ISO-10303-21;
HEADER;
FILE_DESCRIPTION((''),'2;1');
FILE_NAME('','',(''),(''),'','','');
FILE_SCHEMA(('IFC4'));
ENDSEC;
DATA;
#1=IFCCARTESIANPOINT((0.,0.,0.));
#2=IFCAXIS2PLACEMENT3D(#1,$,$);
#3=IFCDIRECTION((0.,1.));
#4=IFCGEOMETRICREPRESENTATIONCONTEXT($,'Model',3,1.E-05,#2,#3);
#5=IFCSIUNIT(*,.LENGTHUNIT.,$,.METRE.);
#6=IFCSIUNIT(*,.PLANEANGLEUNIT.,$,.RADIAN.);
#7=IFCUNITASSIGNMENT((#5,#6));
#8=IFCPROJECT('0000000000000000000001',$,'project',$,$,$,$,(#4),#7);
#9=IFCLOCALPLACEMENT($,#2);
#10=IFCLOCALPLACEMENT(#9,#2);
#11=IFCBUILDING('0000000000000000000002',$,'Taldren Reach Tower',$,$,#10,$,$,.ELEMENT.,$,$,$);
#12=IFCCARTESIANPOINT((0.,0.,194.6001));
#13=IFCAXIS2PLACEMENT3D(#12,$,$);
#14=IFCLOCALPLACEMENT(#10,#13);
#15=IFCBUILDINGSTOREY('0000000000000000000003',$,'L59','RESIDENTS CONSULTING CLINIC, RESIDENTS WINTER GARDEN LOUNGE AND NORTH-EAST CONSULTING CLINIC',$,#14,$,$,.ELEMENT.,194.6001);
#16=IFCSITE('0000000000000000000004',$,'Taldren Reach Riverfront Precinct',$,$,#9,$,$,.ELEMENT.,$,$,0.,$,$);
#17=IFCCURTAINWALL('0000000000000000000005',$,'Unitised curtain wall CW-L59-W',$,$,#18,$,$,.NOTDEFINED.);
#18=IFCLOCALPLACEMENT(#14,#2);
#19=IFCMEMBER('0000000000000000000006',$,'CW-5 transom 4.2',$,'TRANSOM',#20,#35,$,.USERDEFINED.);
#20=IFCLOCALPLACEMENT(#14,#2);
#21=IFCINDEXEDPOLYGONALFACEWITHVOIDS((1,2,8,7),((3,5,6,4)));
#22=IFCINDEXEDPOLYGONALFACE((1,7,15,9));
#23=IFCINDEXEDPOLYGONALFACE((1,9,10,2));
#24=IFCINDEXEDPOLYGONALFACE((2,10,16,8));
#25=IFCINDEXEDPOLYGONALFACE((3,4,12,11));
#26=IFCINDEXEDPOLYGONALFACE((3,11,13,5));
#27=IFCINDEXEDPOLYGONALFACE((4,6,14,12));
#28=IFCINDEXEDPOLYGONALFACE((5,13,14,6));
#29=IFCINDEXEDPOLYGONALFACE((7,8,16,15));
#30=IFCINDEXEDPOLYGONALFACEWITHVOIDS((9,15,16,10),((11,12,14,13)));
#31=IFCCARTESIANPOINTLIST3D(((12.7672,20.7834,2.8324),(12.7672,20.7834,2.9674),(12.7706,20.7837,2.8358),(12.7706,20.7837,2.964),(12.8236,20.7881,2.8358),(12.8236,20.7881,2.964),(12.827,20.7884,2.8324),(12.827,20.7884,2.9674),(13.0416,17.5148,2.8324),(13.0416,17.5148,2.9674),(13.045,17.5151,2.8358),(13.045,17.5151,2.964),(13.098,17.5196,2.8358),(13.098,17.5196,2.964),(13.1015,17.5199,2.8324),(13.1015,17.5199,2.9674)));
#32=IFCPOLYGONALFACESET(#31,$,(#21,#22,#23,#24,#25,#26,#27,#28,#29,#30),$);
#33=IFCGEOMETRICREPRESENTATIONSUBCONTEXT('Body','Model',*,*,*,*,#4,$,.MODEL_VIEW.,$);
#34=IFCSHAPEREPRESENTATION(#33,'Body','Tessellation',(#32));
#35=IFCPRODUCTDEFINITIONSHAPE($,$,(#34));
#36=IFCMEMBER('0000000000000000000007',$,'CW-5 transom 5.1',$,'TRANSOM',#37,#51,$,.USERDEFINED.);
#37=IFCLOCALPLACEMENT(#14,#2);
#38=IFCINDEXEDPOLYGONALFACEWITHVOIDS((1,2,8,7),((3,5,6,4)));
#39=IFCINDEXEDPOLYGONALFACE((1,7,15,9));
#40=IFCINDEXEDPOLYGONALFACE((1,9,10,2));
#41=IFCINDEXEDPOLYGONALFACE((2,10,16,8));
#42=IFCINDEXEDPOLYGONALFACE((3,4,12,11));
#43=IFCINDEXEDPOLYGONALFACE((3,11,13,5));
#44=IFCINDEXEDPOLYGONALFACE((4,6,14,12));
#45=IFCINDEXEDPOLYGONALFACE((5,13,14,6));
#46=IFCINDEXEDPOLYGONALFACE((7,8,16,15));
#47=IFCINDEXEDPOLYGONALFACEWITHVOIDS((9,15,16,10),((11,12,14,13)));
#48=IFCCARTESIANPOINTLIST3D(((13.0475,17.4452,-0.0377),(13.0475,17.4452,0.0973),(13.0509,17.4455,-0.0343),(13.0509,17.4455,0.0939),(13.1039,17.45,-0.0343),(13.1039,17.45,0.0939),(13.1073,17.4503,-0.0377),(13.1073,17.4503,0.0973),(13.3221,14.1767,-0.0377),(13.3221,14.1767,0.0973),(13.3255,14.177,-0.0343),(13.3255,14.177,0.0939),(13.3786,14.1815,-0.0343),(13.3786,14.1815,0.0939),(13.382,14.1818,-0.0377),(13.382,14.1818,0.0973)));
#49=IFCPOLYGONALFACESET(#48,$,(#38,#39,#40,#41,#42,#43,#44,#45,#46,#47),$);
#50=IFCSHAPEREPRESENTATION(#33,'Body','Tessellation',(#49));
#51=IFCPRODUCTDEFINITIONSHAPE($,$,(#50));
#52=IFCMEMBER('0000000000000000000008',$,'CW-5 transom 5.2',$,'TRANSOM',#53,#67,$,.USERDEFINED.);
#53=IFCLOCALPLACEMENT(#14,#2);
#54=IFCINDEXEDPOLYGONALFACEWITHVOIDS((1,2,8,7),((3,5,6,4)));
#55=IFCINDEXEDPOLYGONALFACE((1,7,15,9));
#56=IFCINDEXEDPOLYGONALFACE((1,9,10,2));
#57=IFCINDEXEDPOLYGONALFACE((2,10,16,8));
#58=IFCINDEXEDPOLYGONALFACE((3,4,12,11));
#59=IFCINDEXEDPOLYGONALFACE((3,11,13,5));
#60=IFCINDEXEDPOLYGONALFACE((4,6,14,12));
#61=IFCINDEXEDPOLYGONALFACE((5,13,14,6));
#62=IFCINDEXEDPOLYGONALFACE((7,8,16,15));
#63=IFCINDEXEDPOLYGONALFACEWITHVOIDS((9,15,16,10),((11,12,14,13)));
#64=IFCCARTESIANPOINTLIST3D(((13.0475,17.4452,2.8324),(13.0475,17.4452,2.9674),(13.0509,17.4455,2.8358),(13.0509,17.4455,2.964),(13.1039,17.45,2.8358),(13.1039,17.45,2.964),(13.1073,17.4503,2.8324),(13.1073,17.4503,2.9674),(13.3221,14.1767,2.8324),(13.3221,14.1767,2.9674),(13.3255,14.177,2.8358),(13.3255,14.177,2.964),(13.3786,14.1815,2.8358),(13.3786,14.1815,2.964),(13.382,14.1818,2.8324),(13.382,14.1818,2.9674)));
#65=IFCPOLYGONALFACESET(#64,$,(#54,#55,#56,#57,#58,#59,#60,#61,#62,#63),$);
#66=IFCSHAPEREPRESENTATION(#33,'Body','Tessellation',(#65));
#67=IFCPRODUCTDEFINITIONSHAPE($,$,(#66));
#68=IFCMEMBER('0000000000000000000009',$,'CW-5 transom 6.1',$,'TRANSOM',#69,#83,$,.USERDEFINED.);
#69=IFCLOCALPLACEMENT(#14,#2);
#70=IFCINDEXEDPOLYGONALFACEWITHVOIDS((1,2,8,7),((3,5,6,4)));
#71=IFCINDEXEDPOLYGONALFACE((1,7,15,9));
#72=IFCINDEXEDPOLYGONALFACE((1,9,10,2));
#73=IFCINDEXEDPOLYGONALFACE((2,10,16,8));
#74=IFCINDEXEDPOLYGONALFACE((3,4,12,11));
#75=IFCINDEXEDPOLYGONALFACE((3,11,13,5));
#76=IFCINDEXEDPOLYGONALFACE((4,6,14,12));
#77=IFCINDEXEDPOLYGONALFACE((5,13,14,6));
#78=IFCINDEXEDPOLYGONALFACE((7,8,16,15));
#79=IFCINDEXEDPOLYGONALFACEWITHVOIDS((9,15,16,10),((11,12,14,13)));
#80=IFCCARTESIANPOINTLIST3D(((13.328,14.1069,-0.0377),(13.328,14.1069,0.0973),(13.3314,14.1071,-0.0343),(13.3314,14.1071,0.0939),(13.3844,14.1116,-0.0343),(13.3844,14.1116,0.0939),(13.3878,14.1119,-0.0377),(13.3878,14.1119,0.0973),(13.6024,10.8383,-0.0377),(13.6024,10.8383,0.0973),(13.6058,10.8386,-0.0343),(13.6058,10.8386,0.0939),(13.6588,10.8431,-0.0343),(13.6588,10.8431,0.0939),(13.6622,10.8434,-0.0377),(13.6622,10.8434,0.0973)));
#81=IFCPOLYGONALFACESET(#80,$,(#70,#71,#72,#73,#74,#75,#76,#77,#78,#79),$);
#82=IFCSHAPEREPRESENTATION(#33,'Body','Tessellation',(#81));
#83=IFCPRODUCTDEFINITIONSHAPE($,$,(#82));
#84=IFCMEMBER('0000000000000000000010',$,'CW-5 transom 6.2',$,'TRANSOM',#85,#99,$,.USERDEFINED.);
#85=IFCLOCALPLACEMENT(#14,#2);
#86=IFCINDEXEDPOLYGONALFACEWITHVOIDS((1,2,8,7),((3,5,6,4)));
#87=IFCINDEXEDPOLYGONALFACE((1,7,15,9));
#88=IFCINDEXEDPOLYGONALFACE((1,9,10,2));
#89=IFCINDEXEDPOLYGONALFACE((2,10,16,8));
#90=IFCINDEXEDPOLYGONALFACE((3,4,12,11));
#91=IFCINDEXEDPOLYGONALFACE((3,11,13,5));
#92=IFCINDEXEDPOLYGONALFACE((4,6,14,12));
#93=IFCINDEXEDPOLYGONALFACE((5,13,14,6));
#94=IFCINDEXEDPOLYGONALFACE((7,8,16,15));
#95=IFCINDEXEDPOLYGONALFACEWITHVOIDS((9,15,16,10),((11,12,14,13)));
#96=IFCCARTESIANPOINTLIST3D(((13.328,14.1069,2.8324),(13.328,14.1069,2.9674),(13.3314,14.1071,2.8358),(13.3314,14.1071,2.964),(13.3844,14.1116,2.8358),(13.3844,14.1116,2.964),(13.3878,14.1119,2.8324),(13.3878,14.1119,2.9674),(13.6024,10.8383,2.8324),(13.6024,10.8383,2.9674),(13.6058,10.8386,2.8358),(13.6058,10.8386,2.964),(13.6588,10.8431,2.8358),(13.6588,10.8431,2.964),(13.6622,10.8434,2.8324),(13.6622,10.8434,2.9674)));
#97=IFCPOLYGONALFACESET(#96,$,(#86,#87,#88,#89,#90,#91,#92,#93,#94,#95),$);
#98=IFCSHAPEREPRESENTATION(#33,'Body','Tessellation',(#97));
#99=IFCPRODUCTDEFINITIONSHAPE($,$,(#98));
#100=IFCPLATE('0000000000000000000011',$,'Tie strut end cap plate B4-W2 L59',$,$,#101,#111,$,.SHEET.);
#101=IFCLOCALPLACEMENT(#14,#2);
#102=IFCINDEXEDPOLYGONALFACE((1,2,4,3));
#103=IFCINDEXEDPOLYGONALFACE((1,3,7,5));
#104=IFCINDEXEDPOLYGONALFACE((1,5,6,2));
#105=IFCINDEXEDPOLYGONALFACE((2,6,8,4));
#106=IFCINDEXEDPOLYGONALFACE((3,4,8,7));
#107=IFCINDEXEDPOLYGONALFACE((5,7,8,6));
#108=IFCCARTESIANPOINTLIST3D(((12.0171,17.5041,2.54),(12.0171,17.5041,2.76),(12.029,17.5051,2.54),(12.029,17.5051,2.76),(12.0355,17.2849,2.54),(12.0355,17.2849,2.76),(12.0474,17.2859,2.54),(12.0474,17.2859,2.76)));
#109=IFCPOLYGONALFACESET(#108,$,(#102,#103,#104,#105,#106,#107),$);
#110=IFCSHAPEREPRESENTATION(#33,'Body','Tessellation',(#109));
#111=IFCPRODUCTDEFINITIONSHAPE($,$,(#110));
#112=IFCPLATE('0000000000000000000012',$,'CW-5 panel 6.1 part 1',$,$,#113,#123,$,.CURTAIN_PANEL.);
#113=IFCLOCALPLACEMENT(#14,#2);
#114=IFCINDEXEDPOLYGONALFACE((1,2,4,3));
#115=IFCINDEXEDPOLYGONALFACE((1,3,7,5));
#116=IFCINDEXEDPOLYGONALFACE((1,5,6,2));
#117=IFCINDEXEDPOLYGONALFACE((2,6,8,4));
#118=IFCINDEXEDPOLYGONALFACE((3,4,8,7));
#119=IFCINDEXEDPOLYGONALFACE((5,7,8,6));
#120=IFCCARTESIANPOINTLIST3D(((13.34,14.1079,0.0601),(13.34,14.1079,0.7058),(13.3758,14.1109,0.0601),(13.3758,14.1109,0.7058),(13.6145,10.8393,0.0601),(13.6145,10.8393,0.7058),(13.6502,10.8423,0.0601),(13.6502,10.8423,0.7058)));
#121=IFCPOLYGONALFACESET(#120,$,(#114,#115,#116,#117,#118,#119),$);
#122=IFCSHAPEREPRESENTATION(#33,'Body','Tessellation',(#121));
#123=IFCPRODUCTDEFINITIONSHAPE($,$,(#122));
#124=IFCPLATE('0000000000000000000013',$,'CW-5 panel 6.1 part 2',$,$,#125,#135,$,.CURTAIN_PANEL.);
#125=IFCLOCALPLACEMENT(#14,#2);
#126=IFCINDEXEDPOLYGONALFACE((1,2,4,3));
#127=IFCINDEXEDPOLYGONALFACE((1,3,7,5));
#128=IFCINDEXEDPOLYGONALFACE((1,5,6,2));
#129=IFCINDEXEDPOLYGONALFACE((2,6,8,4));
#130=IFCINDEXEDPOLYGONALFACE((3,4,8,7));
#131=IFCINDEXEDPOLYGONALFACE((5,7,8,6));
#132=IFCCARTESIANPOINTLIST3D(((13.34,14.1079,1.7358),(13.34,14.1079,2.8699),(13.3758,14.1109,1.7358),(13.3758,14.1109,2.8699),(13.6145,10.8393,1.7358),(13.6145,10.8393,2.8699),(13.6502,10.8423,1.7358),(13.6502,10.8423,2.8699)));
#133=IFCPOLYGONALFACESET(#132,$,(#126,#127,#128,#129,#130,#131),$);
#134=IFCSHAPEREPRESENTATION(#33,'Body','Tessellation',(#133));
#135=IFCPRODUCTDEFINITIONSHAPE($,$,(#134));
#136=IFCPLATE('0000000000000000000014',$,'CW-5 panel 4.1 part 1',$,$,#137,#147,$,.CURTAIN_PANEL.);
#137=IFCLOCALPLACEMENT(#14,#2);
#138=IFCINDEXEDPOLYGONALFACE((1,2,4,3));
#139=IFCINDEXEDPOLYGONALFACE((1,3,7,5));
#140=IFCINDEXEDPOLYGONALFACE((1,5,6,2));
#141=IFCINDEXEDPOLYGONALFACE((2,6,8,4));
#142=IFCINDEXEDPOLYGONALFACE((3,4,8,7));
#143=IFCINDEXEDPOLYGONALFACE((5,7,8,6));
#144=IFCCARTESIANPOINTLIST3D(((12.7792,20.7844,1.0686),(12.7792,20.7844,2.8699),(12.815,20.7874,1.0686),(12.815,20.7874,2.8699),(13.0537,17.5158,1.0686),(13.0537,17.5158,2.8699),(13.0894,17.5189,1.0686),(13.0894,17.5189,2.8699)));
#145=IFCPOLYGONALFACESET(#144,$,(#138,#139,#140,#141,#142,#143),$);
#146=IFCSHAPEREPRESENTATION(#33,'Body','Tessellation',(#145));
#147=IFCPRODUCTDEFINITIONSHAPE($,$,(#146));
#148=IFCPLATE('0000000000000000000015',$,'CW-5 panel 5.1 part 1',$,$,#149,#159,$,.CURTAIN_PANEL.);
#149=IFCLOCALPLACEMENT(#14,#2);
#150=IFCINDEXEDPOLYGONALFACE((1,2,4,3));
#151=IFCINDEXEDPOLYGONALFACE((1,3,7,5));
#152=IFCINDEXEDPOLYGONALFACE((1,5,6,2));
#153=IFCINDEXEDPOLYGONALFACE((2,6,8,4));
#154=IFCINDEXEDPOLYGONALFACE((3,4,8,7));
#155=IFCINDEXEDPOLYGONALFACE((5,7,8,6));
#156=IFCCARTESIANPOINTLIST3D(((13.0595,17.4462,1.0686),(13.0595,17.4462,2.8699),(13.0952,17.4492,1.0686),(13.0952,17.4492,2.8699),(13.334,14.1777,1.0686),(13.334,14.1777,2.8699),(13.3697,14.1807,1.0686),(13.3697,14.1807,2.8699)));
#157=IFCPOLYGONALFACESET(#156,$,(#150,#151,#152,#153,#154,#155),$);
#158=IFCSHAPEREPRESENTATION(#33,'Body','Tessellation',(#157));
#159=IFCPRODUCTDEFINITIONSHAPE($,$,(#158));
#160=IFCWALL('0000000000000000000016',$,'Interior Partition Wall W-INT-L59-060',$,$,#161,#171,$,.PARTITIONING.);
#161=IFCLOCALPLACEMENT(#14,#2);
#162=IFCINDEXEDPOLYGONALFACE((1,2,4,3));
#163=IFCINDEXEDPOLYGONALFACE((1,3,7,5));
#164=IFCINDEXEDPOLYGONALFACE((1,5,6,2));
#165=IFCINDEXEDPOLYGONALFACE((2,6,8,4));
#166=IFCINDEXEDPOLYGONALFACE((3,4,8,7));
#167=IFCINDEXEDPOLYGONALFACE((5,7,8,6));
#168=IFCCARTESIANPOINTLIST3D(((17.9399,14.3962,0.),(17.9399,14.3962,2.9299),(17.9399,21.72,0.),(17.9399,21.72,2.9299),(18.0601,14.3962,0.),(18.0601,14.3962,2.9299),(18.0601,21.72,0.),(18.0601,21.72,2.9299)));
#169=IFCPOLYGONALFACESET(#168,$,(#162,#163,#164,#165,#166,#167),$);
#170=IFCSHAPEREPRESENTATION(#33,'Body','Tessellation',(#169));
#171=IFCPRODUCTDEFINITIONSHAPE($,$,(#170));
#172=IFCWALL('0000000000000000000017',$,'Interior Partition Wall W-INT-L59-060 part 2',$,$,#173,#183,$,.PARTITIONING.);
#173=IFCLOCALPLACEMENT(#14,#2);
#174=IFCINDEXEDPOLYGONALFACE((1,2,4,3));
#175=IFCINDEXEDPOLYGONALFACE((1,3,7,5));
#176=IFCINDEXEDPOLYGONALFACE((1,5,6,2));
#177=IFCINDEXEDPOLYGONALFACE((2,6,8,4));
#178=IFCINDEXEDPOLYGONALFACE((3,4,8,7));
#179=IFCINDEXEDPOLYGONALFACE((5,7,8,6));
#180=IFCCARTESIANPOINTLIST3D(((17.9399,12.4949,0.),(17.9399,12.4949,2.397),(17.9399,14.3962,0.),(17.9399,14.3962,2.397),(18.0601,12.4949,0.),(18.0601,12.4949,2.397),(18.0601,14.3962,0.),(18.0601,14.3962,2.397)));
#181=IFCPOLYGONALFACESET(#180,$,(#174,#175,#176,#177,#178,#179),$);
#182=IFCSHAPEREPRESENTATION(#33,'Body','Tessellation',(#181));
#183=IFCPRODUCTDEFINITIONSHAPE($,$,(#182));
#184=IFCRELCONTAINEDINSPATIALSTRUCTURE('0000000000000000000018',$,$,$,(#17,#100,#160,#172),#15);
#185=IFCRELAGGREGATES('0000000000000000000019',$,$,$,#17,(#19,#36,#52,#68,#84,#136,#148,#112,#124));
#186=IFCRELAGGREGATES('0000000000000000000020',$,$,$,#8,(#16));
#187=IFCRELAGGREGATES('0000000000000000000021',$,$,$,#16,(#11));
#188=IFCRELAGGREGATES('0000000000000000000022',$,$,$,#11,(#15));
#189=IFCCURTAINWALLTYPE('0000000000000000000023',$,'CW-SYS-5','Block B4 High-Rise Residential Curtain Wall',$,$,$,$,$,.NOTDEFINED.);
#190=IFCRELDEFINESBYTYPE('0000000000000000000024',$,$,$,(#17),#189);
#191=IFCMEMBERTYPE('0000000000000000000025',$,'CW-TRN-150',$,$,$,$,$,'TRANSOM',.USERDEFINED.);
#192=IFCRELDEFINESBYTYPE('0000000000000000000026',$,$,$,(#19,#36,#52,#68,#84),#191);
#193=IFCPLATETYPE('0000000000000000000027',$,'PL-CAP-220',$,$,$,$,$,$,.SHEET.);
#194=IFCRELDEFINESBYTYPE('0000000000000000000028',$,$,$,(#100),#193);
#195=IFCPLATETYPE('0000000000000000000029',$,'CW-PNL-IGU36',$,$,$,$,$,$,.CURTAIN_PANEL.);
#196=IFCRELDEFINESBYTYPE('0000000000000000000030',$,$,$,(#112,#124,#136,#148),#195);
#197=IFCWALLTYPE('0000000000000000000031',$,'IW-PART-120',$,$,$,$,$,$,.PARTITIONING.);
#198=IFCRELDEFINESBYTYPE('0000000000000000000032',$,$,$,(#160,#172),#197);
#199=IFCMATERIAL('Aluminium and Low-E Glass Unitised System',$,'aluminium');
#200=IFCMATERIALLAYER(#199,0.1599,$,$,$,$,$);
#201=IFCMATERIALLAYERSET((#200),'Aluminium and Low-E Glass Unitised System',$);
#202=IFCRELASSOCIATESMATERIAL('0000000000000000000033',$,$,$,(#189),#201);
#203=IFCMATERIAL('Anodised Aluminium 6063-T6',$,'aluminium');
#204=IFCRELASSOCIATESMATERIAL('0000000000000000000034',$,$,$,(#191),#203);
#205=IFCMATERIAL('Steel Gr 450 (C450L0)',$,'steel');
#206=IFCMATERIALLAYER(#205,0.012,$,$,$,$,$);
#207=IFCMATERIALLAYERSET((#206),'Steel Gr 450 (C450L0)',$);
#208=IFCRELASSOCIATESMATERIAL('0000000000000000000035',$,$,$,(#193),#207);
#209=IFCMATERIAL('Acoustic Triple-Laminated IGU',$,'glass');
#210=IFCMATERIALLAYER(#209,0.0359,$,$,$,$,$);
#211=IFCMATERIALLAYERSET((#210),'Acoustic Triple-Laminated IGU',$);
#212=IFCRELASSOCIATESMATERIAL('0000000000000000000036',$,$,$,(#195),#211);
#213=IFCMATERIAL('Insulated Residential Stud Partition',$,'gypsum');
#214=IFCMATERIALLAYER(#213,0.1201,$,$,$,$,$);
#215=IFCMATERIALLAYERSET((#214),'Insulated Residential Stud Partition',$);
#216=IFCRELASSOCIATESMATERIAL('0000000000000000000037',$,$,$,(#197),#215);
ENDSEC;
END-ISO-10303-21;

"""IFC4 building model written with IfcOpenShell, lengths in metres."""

from ifc_helpers import new_model, si_unit, direction, frame, frame_2d, origin, origin_2d, place, context, subcontext, project, spatial, rectangle, hollow_rectangle, extrude, source, transform, mapped, material, layer, layer_set, material_profile, profile_set, type_object, element, aggregate, save


model = new_model("IFC4")

# Units and contexts
model_context = context("Model", 3, precision=1e-05, world=origin(), true_north=direction((0.0, 1.0)))
body_context = subcontext(model_context, "Body", "Model", "MODEL_VIEW")
ifc_project = project(units=[si_unit("LENGTHUNIT", "METRE"), si_unit("PLANEANGLEUNIT", "RADIAN")], contexts=[model_context])

# Site, building, storey
site_placement = place(None, origin())
site = spatial("IfcSite", under=ifc_project, at=site_placement, Name="Taldren Reach Riverfront Precinct", CompositionType="ELEMENT", RefElevation=0.0)
building_placement = place(site_placement, origin())
building = spatial("IfcBuilding", under=site, at=building_placement, Name="Taldren Reach Tower", CompositionType="ELEMENT")
storey_placement = place(building_placement, frame((0.0, 0.0, 194.6001)))
storey = spatial("IfcBuildingStorey", under=building, at=storey_placement, Name="L59", Description="RESIDENTS CONSULTING CLINIC, RESIDENTS WINTER GARDEN LOUNGE AND NORTH-EAST CONSULTING CLINIC", CompositionType="ELEMENT", Elevation=194.6001)

# Shared definitions
ifc_material_1 = material(Name="Steel Gr 450 (C450L0)", Category="steel")

# Curtain wall, members
ifc_material_2 = material(Name="Aluminium and Low-E Glass Unitised System", Category="aluminium")
ifc_layer_1 = layer(ifc_material_2, 0.1599)
ifc_layer_set_1 = layer_set([ifc_layer_1], Name="Aluminium and Low-E Glass Unitised System")
curtain_wall_type = type_object("IfcCurtainWallType", Name="CW-SYS-5", Description="Block B4 High-Rise Residential Curtain Wall", PredefinedType="NOTDEFINED", material=ifc_layer_set_1)
curtain_wall_placement = place(storey_placement, origin())
curtain_wall = element("IfcCurtainWall", 1, at=curtain_wall_placement, inside=storey, type_object=curtain_wall_type, Name="Unitised curtain wall CW-L59-W", PredefinedType="NOTDEFINED")
ifc_material_3 = material(Name="Anodised Aluminium 6063-T6", Category="aluminium")
ifc_material_profile_1 = material_profile(ifc_material_3, hollow_rectangle(XDim=0.0601, YDim=0.135, WallThickness=0.0034, at=origin_2d()), Name="ALU-135x60x3.5RHS")
ifc_profile_set_1 = profile_set([ifc_material_profile_1], Name="Anodised Aluminium 6063-T6")
member_type_1 = type_object("IfcMemberType", Name="CW-TRN-150", ElementType="TRANSOM", PredefinedType="USERDEFINED", material=ifc_profile_set_1)
shared_shape_1 = source(origin(), body_context, "Body", "SweptSolid", [
    extrude(hollow_rectangle(XDim=0.0601, YDim=0.135, WallThickness=0.0034, at=origin_2d()), origin(), (0.0, 0.0, 1.0), 3.28),
])
member_1_placement = place(storey_placement, frame((12.7971, 20.7859, 2.8999), z_axis=(0.083661, -0.996494, 0.0), x_axis=(0.996494, 0.083661, 0.0)))
member_1 = element("IfcMember", 2, at=member_1_placement, type_object=member_type_1, Name="CW-5 transom 4.2", ObjectType="TRANSOM", PredefinedType="USERDEFINED", context=body_context, shape_type="MappedRepresentation", body=[
    mapped(shared_shape_1, transform((0.0, 0.0, 0.0), scale=1.0)),
])
member_2_placement = place(storey_placement, frame((13.0774, 17.4478, 0.0298), z_axis=(0.083735, -0.996488, 0.0), x_axis=(0.996488, 0.083735, 0.0)))
member_2 = element("IfcMember", 3, at=member_2_placement, type_object=member_type_1, Name="CW-5 transom 5.1", ObjectType="TRANSOM", PredefinedType="USERDEFINED", context=body_context, shape_type="MappedRepresentation", body=[
    mapped(shared_shape_1, transform((0.0, 0.0, 0.0), scale=1.0)),
])
member_3_placement = place(storey_placement, frame((13.0774, 17.4478, 2.8999), z_axis=(0.083735, -0.996488, 0.0), x_axis=(0.996488, 0.083735, 0.0)))
member_3 = element("IfcMember", 4, at=member_3_placement, type_object=member_type_1, Name="CW-5 transom 5.2", ObjectType="TRANSOM", PredefinedType="USERDEFINED", context=body_context, shape_type="MappedRepresentation", body=[
    mapped(shared_shape_1, transform((0.0, 0.0, 0.0), scale=1.0)),
])
member_4_placement = place(storey_placement, frame((13.3579, 14.1094, 0.0298), z_axis=(0.083661, -0.996494, 0.0), x_axis=(0.996494, 0.083661, 0.0)))
member_4 = element("IfcMember", 5, at=member_4_placement, type_object=member_type_1, Name="CW-5 transom 6.1", ObjectType="TRANSOM", PredefinedType="USERDEFINED", context=body_context, shape_type="MappedRepresentation", body=[
    mapped(shared_shape_1, transform((0.0, 0.0, 0.0), scale=1.0)),
])
member_5_placement = place(storey_placement, frame((13.3579, 14.1094, 2.8999), z_axis=(0.083661, -0.996494, 0.0), x_axis=(0.996494, 0.083661, 0.0)))
member_5 = element("IfcMember", 6, at=member_5_placement, type_object=member_type_1, Name="CW-5 transom 6.2", ObjectType="TRANSOM", PredefinedType="USERDEFINED", context=body_context, shape_type="MappedRepresentation", body=[
    mapped(shared_shape_1, transform((0.0, 0.0, 0.0), scale=1.0)),
])

# Plates
ifc_layer_2 = layer(ifc_material_1, 0.012)
ifc_layer_set_2 = layer_set([ifc_layer_2], Name="Steel Gr 450 (C450L0)")
plate_type_1 = type_object("IfcPlateType", Name="PL-CAP-220", PredefinedType="SHEET", material=ifc_layer_set_2)
shared_shape_2 = source(origin(), body_context, "Body", "SweptSolid", [
    extrude(rectangle(XDim=0.012, YDim=0.22, at=origin_2d()), origin(), (0.0, 0.0, 1.0), 0.22),
])
plate_1_placement = place(storey_placement, frame((12.0322, 17.395, 2.54), z_axis=(0.0, 0.0, 1.0), x_axis=(0.996493, 0.083678, 0.0)))
element("IfcPlate", 7, at=plate_1_placement, inside=storey, type_object=plate_type_1, Name="Tie strut end cap plate B4-W2 L59", PredefinedType="SHEET", context=body_context, shape_type="MappedRepresentation", body=[
    mapped(shared_shape_2, transform((0.0, 0.0, 0.0), scale=1.0)),
])
ifc_material_4 = material(Name="Acoustic Triple-Laminated IGU", Category="glass")
ifc_layer_3 = layer(ifc_material_4, 0.0359)
ifc_layer_set_3 = layer_set([ifc_layer_3], Name="Acoustic Triple-Laminated IGU")
plate_type_2 = type_object("IfcPlateType", Name="CW-PNL-IGU36", PredefinedType="CURTAIN_PANEL", material=ifc_layer_set_3)
shared_shape_3 = source(origin(), body_context, "Body", "SweptSolid", [
    extrude(rectangle(XDim=3.28, YDim=0.0359, at=origin_2d()), origin(), (0.0, 0.0, 1.0), 0.6458),
])
plate_2_placement = place(storey_placement, frame((13.4951, 12.4751, 0.0601), z_axis=(0.0, 0.0, 1.0), x_axis=(0.083678, -0.996493, 0.0)))
plate_2 = element("IfcPlate", 8, at=plate_2_placement, type_object=plate_type_2, Name="CW-5 panel 6.1 part 1", PredefinedType="CURTAIN_PANEL", context=body_context, shape_type="MappedRepresentation", body=[
    mapped(shared_shape_3, transform((0.0, 0.0, 0.0), scale=1.0)),
])
shared_shape_4 = source(origin(), body_context, "Body", "SweptSolid", [
    extrude(rectangle(XDim=3.28, YDim=0.0359, at=origin_2d()), origin(), (0.0, 0.0, 1.0), 1.134),
])
plate_3_placement = place(storey_placement, frame((13.4951, 12.4751, 1.7358), z_axis=(0.0, 0.0, 1.0), x_axis=(0.083678, -0.996493, 0.0)))
plate_3 = element("IfcPlate", 9, at=plate_3_placement, type_object=plate_type_2, Name="CW-5 panel 6.1 part 2", PredefinedType="CURTAIN_PANEL", context=body_context, shape_type="MappedRepresentation", body=[
    mapped(shared_shape_4, transform((0.0, 0.0, 0.0), scale=1.0)),
])
shared_shape_5 = source(origin(), body_context, "Body", "SweptSolid", [
    extrude(rectangle(XDim=3.28, YDim=0.0359, at=origin_2d()), origin(), (0.0, 0.0, 1.0), 1.8013),
])
plate_4_placement = place(storey_placement, frame((12.9343, 19.1516, 1.0686), z_axis=(0.0, 0.0, 1.0), x_axis=(0.083678, -0.996493, 0.0)))
plate_4 = element("IfcPlate", 10, at=plate_4_placement, type_object=plate_type_2, Name="CW-5 panel 4.1 part 1", PredefinedType="CURTAIN_PANEL", context=body_context, shape_type="MappedRepresentation", body=[
    mapped(shared_shape_5, transform((0.0, 0.0, 0.0), scale=1.0)),
])
plate_5_placement = place(storey_placement, frame((13.2146, 15.8135, 1.0686), z_axis=(0.0, 0.0, 1.0), x_axis=(0.083678, -0.996493, 0.0)))
plate_5 = element("IfcPlate", 11, at=plate_5_placement, type_object=plate_type_2, Name="CW-5 panel 5.1 part 1", PredefinedType="CURTAIN_PANEL", context=body_context, shape_type="MappedRepresentation", body=[
    mapped(shared_shape_5, transform((0.0, 0.0, 0.0), scale=1.0)),
])
aggregate(curtain_wall, [member_1, member_2, member_3, member_4, member_5, plate_4, plate_5, plate_2, plate_3])

# Walls
ifc_material_5 = material(Name="Insulated Residential Stud Partition", Category="gypsum")
ifc_layer_4 = layer(ifc_material_5, 0.1201)
ifc_layer_set_4 = layer_set([ifc_layer_4], Name="Insulated Residential Stud Partition")
wall_type_1 = type_object("IfcWallType", Name="IW-PART-120", PredefinedType="PARTITIONING", material=ifc_layer_set_4)
shared_shape_6 = source(origin(), body_context, "Body", "SweptSolid", [
    extrude(rectangle(XDim=7.3237, YDim=0.1201, at=frame_2d((3.6619, 0.0))), origin(), (0.0, 0.0, 1.0), 2.9299),
])
wall_1_placement = place(storey_placement, frame((18.0, 21.72, 0.0), z_axis=(0.0, 0.0, 1.0), x_axis=(0.0, -1.0, 0.0)))
element("IfcWall", 12, at=wall_1_placement, inside=storey, type_object=wall_type_1, Name="Interior Partition Wall W-INT-L59-060", PredefinedType="PARTITIONING", context=body_context, shape_type="MappedRepresentation", body=[
    mapped(shared_shape_6, transform((0.0, 0.0, 0.0), scale=1.0)),
])
shared_shape_7 = source(origin(), body_context, "Body", "SweptSolid", [
    extrude(rectangle(XDim=1.9014, YDim=0.1201, at=frame_2d((0.9507, 0.0))), origin(), (0.0, 0.0, 1.0), 2.397),
])
wall_2_placement = place(storey_placement, frame((18.0, 14.3962, 0.0), z_axis=(0.0, 0.0, 1.0), x_axis=(0.0, -1.0, 0.0)))
element("IfcWall", 13, at=wall_2_placement, inside=storey, type_object=wall_type_1, Name="Interior Partition Wall W-INT-L59-060 part 2", PredefinedType="PARTITIONING", context=body_context, shape_type="MappedRepresentation", body=[
    mapped(shared_shape_7, transform((0.0, 0.0, 0.0), scale=1.0)),
])

save(model, "model.ifc")
